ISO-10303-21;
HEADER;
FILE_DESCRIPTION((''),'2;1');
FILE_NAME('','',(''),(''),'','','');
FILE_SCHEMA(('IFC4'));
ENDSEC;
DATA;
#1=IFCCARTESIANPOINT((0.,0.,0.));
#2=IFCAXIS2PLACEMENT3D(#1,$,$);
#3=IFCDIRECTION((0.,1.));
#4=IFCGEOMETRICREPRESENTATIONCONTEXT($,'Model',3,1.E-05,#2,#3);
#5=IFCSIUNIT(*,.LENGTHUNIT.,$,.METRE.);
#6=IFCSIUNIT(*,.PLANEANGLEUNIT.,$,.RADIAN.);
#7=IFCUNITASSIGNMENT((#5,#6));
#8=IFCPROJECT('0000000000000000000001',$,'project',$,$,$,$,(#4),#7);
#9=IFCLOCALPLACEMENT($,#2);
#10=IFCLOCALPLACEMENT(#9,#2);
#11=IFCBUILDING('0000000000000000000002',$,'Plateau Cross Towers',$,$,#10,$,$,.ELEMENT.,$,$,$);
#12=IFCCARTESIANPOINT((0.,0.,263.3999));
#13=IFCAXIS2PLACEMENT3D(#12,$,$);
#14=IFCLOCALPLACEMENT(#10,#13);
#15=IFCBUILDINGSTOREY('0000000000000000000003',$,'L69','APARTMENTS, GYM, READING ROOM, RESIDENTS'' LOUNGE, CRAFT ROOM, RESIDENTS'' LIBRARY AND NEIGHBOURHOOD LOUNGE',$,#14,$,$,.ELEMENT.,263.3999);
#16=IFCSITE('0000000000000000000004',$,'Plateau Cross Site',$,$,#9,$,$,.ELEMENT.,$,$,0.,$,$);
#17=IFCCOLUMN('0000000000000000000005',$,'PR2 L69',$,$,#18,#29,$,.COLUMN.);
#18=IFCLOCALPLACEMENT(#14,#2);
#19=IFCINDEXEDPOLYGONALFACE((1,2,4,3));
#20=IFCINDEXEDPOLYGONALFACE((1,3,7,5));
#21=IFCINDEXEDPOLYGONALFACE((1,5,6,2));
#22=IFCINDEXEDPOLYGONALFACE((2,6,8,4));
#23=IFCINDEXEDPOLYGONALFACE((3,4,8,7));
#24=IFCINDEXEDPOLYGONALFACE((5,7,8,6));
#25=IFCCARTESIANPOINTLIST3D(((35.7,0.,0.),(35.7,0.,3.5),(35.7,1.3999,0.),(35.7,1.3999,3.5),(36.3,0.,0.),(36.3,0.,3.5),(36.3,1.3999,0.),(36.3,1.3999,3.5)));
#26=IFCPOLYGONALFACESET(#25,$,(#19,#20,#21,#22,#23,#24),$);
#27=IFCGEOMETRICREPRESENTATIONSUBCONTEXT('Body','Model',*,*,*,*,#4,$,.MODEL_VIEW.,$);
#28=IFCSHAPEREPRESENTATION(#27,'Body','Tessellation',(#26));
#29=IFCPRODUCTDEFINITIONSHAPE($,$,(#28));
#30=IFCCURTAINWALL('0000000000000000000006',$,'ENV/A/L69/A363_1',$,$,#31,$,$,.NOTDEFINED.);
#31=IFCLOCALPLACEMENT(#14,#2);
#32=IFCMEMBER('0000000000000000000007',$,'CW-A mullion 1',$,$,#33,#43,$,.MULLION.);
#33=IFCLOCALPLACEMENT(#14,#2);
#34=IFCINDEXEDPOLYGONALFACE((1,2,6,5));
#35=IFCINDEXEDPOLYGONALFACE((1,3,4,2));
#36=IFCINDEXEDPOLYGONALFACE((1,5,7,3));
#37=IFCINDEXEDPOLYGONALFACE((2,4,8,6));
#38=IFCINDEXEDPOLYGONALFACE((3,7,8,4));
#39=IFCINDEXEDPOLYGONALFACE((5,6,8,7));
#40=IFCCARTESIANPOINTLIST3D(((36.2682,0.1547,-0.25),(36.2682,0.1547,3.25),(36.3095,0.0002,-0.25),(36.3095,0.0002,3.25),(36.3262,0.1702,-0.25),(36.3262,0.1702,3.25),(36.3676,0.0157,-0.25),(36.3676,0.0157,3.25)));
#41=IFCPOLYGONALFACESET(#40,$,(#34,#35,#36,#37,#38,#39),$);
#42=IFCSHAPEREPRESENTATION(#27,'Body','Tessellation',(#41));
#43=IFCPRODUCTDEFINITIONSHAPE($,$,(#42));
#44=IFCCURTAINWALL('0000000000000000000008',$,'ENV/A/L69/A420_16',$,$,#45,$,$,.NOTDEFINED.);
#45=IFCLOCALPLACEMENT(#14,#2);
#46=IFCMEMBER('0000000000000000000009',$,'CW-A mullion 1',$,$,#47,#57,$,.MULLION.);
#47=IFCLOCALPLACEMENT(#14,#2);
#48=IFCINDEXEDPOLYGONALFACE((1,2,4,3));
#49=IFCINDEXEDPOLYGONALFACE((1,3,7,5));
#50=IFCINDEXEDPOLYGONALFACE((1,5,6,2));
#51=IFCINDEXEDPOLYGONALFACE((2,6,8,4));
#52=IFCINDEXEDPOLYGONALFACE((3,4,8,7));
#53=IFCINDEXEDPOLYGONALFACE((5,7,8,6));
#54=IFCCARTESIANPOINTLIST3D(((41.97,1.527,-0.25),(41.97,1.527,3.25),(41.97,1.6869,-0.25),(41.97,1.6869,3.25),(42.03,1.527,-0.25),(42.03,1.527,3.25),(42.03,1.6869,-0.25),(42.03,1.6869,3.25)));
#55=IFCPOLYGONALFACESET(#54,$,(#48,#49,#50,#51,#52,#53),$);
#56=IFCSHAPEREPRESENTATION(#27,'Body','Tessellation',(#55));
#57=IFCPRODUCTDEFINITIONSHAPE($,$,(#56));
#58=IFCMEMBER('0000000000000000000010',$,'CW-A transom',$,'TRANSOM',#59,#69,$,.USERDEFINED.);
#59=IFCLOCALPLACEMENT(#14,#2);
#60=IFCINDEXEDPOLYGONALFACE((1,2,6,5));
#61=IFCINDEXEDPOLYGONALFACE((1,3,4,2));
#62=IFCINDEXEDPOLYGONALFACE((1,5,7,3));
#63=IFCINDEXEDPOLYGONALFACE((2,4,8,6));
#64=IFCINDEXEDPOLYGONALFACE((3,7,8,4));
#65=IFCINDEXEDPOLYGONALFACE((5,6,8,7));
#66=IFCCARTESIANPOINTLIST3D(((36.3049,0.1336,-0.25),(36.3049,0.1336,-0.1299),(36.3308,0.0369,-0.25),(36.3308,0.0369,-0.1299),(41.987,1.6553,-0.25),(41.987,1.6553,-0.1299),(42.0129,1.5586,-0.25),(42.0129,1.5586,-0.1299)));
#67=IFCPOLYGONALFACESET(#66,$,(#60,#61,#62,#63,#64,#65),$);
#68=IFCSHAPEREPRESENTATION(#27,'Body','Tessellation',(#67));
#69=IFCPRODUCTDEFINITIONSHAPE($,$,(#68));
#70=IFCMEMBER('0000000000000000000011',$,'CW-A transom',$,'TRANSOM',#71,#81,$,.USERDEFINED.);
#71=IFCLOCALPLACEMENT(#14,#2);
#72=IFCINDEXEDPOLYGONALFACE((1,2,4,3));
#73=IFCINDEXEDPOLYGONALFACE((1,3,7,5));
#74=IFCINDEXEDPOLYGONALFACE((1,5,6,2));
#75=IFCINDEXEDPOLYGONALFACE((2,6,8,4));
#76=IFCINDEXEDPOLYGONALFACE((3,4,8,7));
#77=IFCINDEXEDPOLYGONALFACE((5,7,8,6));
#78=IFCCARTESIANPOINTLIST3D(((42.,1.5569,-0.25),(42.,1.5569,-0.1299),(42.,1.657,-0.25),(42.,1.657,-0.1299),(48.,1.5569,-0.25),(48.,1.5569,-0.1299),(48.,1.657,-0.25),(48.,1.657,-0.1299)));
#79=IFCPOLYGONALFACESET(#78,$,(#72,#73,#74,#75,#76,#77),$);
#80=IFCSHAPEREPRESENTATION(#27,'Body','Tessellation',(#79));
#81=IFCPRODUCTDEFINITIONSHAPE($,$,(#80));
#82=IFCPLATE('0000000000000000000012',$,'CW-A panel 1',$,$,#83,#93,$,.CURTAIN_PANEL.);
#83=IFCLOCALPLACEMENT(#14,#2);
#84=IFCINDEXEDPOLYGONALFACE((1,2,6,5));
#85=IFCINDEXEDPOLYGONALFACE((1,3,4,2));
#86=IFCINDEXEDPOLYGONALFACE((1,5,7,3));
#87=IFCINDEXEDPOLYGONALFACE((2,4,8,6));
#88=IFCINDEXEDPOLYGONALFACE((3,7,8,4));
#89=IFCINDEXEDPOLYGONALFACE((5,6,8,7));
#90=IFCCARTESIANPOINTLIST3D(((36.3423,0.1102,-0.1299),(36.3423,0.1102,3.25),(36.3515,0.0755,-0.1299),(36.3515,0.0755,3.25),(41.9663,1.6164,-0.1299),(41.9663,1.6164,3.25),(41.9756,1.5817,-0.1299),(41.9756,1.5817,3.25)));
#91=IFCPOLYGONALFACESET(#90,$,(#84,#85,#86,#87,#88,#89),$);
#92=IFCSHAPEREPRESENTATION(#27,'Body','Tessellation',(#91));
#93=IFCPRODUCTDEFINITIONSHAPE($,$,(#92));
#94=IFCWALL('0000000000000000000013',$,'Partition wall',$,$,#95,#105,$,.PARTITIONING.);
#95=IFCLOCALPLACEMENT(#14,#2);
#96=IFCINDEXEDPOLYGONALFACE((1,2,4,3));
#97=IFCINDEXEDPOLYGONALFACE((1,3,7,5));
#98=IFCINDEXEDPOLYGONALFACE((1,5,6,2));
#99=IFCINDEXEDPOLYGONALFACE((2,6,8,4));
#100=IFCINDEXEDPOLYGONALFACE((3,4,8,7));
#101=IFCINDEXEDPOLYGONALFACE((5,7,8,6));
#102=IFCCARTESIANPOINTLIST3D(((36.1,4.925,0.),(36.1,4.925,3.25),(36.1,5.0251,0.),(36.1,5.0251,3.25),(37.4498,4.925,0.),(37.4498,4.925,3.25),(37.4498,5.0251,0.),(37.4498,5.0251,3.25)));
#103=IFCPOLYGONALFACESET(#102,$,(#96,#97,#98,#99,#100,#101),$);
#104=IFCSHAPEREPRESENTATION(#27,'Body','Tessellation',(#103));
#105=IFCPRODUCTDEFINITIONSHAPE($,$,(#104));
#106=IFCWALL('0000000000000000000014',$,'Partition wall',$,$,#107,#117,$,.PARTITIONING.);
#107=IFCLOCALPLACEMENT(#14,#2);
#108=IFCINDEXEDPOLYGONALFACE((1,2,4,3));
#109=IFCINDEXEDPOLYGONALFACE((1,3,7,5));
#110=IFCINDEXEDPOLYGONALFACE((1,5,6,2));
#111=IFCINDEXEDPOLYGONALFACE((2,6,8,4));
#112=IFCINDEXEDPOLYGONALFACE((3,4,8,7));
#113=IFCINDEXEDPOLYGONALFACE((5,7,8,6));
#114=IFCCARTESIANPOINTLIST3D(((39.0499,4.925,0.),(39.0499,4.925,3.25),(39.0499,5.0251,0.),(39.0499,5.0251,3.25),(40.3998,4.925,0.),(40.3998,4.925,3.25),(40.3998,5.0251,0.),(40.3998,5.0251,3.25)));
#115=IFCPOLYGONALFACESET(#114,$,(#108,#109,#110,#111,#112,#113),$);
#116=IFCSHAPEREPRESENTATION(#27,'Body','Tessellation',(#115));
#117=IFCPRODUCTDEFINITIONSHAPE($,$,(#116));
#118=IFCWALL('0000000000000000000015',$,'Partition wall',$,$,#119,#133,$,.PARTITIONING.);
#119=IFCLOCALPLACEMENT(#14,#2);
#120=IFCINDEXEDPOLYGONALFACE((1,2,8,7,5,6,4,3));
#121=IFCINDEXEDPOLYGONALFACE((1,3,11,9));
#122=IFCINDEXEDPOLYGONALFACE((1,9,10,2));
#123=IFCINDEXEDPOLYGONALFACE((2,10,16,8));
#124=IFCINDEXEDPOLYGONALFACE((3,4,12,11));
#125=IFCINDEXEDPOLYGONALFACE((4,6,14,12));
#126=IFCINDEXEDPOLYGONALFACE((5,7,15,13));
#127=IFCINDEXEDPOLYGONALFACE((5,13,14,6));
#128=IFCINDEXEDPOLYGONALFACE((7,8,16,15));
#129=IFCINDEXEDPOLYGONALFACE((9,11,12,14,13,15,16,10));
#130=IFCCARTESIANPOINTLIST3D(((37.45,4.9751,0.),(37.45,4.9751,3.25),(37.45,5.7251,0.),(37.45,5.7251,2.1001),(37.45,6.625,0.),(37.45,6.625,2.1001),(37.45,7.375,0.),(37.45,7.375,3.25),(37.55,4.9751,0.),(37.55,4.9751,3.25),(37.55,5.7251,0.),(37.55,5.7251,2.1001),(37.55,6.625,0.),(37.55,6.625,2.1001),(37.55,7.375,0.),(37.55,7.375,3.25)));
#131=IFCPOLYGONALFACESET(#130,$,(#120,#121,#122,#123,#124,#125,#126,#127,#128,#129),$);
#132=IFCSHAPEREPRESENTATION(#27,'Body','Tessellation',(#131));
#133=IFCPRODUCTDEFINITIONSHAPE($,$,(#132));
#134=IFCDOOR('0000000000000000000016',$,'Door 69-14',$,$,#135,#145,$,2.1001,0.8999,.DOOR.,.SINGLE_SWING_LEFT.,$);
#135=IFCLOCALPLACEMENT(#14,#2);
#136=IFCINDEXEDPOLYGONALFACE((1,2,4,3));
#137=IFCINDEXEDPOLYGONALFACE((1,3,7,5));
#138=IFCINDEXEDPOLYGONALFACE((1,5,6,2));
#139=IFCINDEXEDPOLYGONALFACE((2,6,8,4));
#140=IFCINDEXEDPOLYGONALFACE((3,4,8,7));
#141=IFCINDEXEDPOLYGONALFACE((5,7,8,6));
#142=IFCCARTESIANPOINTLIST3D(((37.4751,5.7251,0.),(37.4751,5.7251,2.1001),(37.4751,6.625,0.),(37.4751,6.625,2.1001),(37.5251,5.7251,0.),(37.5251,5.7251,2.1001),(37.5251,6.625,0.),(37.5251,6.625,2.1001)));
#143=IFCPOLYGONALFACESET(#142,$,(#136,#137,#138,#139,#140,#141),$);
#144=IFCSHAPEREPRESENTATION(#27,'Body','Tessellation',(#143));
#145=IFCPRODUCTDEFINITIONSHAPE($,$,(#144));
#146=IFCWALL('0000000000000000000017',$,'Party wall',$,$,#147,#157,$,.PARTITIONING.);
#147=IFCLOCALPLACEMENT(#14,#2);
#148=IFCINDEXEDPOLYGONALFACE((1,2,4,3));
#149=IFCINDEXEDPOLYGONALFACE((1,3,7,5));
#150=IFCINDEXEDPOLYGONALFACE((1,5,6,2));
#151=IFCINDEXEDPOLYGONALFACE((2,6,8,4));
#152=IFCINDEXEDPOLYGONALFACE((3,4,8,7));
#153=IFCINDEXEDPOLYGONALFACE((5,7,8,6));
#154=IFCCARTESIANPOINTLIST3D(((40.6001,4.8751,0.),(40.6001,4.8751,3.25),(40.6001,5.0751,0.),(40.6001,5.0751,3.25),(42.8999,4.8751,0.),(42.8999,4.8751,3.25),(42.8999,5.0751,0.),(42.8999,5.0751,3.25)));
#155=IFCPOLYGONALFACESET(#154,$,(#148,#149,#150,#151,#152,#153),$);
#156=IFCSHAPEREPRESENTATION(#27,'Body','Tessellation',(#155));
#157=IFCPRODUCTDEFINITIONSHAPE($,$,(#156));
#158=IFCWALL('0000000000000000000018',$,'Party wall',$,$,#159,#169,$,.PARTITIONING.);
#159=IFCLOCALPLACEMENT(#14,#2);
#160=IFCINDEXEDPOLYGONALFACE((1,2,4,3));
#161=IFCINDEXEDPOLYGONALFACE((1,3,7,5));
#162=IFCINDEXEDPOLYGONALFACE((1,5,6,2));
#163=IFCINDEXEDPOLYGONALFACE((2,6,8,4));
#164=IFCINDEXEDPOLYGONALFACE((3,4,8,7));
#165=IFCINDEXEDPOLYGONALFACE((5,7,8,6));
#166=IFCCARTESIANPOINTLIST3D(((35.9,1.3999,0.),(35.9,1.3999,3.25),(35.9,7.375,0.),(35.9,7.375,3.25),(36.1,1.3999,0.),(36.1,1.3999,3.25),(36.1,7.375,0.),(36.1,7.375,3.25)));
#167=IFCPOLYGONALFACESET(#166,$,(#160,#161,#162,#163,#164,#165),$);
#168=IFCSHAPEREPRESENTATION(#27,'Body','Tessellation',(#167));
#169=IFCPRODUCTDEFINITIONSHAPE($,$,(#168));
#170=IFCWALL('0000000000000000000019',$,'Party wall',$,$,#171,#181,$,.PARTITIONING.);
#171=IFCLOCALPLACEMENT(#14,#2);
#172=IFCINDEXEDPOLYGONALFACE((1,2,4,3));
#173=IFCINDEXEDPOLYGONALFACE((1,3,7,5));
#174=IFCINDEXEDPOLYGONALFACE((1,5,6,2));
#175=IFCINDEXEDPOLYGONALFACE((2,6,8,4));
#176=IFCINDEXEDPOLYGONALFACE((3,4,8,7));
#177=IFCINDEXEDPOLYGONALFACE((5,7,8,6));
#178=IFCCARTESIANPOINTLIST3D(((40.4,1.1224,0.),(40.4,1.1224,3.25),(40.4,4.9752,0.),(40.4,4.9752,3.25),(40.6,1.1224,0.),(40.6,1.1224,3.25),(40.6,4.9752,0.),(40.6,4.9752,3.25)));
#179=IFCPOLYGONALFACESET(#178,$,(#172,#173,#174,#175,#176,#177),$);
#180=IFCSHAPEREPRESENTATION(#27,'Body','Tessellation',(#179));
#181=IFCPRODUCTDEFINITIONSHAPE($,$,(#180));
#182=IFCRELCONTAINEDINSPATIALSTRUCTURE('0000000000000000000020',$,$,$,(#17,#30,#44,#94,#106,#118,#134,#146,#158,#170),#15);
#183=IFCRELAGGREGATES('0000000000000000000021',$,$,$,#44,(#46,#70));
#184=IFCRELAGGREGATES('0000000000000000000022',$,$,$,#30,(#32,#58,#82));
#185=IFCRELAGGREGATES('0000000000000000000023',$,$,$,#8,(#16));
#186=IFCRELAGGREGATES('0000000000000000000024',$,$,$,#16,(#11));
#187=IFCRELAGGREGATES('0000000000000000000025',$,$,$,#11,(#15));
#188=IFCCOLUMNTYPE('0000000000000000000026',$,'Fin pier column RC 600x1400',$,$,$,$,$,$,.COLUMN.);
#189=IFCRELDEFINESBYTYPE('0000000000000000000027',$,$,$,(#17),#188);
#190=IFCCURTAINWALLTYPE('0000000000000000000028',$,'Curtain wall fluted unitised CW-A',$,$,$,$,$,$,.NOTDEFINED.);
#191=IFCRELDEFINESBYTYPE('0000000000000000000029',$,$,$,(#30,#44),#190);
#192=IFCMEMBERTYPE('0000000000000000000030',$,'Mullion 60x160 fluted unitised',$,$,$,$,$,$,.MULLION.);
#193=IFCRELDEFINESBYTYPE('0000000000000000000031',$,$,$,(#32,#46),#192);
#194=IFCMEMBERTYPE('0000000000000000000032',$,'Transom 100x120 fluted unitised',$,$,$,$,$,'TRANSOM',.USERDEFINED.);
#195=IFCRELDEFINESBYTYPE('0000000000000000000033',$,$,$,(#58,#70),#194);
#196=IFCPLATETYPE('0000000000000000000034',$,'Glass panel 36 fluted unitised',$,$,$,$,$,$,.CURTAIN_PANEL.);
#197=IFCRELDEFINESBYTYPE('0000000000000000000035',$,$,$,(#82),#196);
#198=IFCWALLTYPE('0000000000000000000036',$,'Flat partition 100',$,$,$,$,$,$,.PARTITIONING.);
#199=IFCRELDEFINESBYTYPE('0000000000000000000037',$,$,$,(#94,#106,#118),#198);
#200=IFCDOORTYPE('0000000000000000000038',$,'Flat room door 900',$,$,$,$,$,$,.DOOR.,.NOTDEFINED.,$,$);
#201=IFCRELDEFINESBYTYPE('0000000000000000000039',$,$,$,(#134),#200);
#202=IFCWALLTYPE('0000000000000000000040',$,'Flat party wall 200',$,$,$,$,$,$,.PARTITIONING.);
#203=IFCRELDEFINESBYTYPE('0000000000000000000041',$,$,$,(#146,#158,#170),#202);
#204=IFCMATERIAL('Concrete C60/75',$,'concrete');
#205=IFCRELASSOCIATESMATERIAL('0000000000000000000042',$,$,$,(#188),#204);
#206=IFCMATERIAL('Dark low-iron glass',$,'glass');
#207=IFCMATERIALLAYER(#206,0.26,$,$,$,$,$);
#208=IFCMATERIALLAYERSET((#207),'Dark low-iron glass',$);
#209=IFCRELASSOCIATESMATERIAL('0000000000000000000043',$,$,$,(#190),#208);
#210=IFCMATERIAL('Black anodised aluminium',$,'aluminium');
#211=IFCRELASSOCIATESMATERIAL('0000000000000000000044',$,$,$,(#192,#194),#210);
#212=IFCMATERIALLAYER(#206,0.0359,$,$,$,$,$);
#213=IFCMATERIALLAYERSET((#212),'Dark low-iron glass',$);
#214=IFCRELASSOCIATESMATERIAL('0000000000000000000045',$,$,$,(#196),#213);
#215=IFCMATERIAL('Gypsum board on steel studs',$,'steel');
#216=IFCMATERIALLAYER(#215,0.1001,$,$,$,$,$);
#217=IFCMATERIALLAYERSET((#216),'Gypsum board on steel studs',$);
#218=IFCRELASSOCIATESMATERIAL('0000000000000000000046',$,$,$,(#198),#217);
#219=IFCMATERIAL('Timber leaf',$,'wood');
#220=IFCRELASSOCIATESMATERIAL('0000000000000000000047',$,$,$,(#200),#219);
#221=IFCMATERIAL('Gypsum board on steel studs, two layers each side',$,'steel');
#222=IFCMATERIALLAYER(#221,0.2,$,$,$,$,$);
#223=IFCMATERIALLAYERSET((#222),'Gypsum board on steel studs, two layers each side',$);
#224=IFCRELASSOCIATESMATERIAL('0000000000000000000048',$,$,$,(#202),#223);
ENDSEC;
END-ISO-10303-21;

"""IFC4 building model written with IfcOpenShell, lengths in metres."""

from ifc_helpers import new_model, si_unit, direction, frame, frame_2d, origin, origin_2d, place, context, subcontext, project, spatial, rectangle, extrude, material, layer, layer_set, material_profile, profile_set, type_object, element, fill, aggregate, save


model = new_model("IFC4")

# Units and contexts
model_context = context("Model", 3, precision=1e-05, world=origin(), true_north=direction((0.0, 1.0)))
body_context = subcontext(model_context, "Body", "Model", "MODEL_VIEW")
ifc_project = project(units=[si_unit("LENGTHUNIT", "METRE"), si_unit("PLANEANGLEUNIT", "RADIAN")], contexts=[model_context])

# Site, building, storey
site_placement = place(None, origin())
site = spatial("IfcSite", under=ifc_project, at=site_placement, Name="Plateau Cross Site", CompositionType="ELEMENT", RefElevation=0.0)
building_placement = place(site_placement, origin())
building = spatial("IfcBuilding", under=site, at=building_placement, Name="Plateau Cross Towers", CompositionType="ELEMENT")
storey_placement = place(building_placement, frame((0.0, 0.0, 263.3999)))
storey = spatial("IfcBuildingStorey", under=building, at=storey_placement, Name="L69", Description="APARTMENTS, GYM, READING ROOM, RESIDENTS' LOUNGE, CRAFT ROOM, RESIDENTS' LIBRARY AND NEIGHBOURHOOD LOUNGE", CompositionType="ELEMENT", Elevation=263.3999)

# Column
ifc_material_1 = material(Name="Concrete C60/75", Category="concrete")
ifc_material_profile_1 = material_profile(ifc_material_1, rectangle(XDim=0.6001, YDim=1.3999, at=origin_2d()), Name="RC 600x1400")
ifc_profile_set_1 = profile_set([ifc_material_profile_1], Name="Concrete C60/75")
column_type = type_object("IfcColumnType", Name="Fin pier column RC 600x1400", PredefinedType="COLUMN", material=ifc_profile_set_1)
column_placement = place(storey_placement, frame((36.0, 0.7, 0.0), z_axis=(0.0, 0.0, 1.0), x_axis=(1.0, 0.0, 0.0)))
element("IfcColumn", 1, at=column_placement, inside=storey, type_object=column_type, Name="PR2 L69", PredefinedType="COLUMN", context=body_context, shape_type="SweptSolid", body=[
    extrude(rectangle(XDim=0.6001, YDim=1.3999, at=origin_2d()), origin(), (0.0, 0.0, 1.0), 3.5),
])

# Curtain walls, members
ifc_material_2 = material(Name="Dark low-iron glass", Category="glass")
ifc_layer_1 = layer(ifc_material_2, 0.26)
ifc_layer_set_1 = layer_set([ifc_layer_1], Name="Dark low-iron glass")
curtain_wall_type = type_object("IfcCurtainWallType", Name="Curtain wall fluted unitised CW-A", PredefinedType="NOTDEFINED", material=ifc_layer_set_1)
curtain_wall_1_placement = place(storey_placement, origin())
curtain_wall_1 = element("IfcCurtainWall", 2, at=curtain_wall_1_placement, inside=storey, type_object=curtain_wall_type, Name="ENV/A/L69/A363_1", PredefinedType="NOTDEFINED")
ifc_material_3 = material(Name="Black anodised aluminium", Category="aluminium")
ifc_material_profile_2 = material_profile(ifc_material_3, rectangle(XDim=0.0601, YDim=0.1599, at=origin_2d()), Name="MULLION 60x160")
ifc_profile_set_2 = profile_set([ifc_material_profile_2], Name="Black anodised aluminium")
member_type_1 = type_object("IfcMemberType", Name="Mullion 60x160 fluted unitised", PredefinedType="MULLION", material=ifc_profile_set_2)
member_1_placement = place(storey_placement, frame((36.3179, 0.0852, -0.25), z_axis=(0.0, 0.0, 1.0), x_axis=(0.965958, 0.258699, 0.0)))
member_1 = element("IfcMember", 3, at=member_1_placement, type_object=member_type_1, Name="CW-A mullion 1", PredefinedType="MULLION", context=body_context, shape_type="SweptSolid", body=[
    extrude(rectangle(XDim=0.0601, YDim=0.1599, at=origin_2d()), origin(), (0.0, 0.0, 1.0), 3.5),
])
curtain_wall_2_placement = place(storey_placement, origin())
curtain_wall_2 = element("IfcCurtainWall", 4, at=curtain_wall_2_placement, inside=storey, type_object=curtain_wall_type, Name="ENV/A/L69/A420_16", PredefinedType="NOTDEFINED")
member_2_placement = place(storey_placement, frame((42.0, 1.6069, -0.25), z_axis=(0.0, 0.0, 1.0), x_axis=(1.0, 0.0, 0.0)))
member_2 = element("IfcMember", 5, at=member_2_placement, type_object=member_type_1, Name="CW-A mullion 1", PredefinedType="MULLION", context=body_context, shape_type="SweptSolid", body=[
    extrude(rectangle(XDim=0.0601, YDim=0.1599, at=origin_2d()), origin(), (0.0, 0.0, 1.0), 3.5),
])

# Members
ifc_material_profile_3 = material_profile(ifc_material_3, rectangle(XDim=0.1001, YDim=0.1201, at=origin_2d()), Name="TRANSOM 100x120")
ifc_profile_set_3 = profile_set([ifc_material_profile_3], Name="Black anodised aluminium")
member_type_2 = type_object("IfcMemberType", Name="Transom 100x120 fluted unitised", ElementType="TRANSOM", PredefinedType="USERDEFINED", material=ifc_profile_set_3)
member_3_placement = place(storey_placement, frame((36.3179, 0.0852, -0.1899), z_axis=(0.96596, 0.258693, 0.0), x_axis=(-0.258693, 0.96596, 0.0)))
member_3 = element("IfcMember", 6, at=member_3_placement, type_object=member_type_2, Name="CW-A transom", ObjectType="TRANSOM", PredefinedType="USERDEFINED", context=body_context, shape_type="SweptSolid", body=[
    extrude(rectangle(XDim=0.1001, YDim=0.1201, at=origin_2d()), origin(), (0.0, 0.0, 1.0), 5.8823),
])
member_4_placement = place(storey_placement, frame((42.0, 1.6069, -0.1899), z_axis=(1.0, 0.0, 0.0), x_axis=(0.0, 1.0, 0.0)))
member_4 = element("IfcMember", 7, at=member_4_placement, type_object=member_type_2, Name="CW-A transom", ObjectType="TRANSOM", PredefinedType="USERDEFINED", context=body_context, shape_type="SweptSolid", body=[
    extrude(rectangle(XDim=0.1001, YDim=0.1201, at=origin_2d()), origin(), (0.0, 0.0, 1.0), 6.0),
])
aggregate(curtain_wall_2, [member_2, member_4])

# Plate
ifc_layer_2 = layer(ifc_material_2, 0.0359)
ifc_layer_set_2 = layer_set([ifc_layer_2], Name="Dark low-iron glass")
plate_type = type_object("IfcPlateType", Name="Glass panel 36 fluted unitised", PredefinedType="CURTAIN_PANEL", material=ifc_layer_set_2)
plate_placement = place(storey_placement, frame((39.1589, 0.8459, -0.1299), z_axis=(0.0, 0.0, 1.0), x_axis=(0.965958, 0.258699, 0.0)))
plate = element("IfcPlate", 8, at=plate_placement, type_object=plate_type, Name="CW-A panel 1", PredefinedType="CURTAIN_PANEL", context=body_context, shape_type="SweptSolid", body=[
    extrude(rectangle(XDim=5.8223, YDim=0.0359, at=origin_2d()), origin(), (0.0, 0.0, 1.0), 3.3799),
])
aggregate(curtain_wall_1, [member_1, member_3, plate])

# Walls
ifc_material_4 = material(Name="Gypsum board on steel studs", Category="steel")
ifc_layer_3 = layer(ifc_material_4, 0.1001)
ifc_layer_set_3 = layer_set([ifc_layer_3], Name="Gypsum board on steel studs")
wall_type_1 = type_object("IfcWallType", Name="Flat partition 100", PredefinedType="PARTITIONING", material=ifc_layer_set_3)
for number, where, z_axis, x_axis, name in (
    (9, (36.1001, 4.9751, 0.0), (0.0, 0.0, 1.0), (1.0, 0.0, 0.0), "Partition wall"),
    (10, (39.05, 4.9751, 0.0), (0.0, 0.0, 1.0), (1.0, 0.0, 0.0), "Partition wall"),
):
    element("IfcWall", number, at=place(storey_placement, frame(where, z_axis=z_axis, x_axis=x_axis)), inside=storey, type_object=wall_type_1, Name=name, PredefinedType="PARTITIONING", context=body_context, shape_type="SweptSolid", body=[
        extrude(rectangle(XDim=1.3499, YDim=0.1001, at=frame_2d((0.6748, 0.0))), origin(), (0.0, 0.0, 1.0), 3.25),
    ])

# Wall, opening, door
wall_1_placement = place(storey_placement, frame((37.5, 4.9751, 0.0), z_axis=(0.0, 0.0, 1.0), x_axis=(0.0, 1.0, 0.0)))
wall_1 = element("IfcWall", 11, at=wall_1_placement, inside=storey, type_object=wall_type_1, Name="Partition wall", PredefinedType="PARTITIONING", context=body_context, shape_type="SweptSolid", body=[
    extrude(rectangle(XDim=2.3999, YDim=0.1001, at=frame_2d((1.2, 0.0))), origin(), (0.0, 0.0, 1.0), 3.25),
])
opening_placement = place(wall_1_placement, frame((0.75, 0.0, 0.0)))
opening = element("IfcOpeningElement", 12, at=opening_placement, cuts=wall_1, PredefinedType="OPENING", context=body_context, shape_type="SweptSolid", body=[
    extrude(rectangle(XDim=0.8999, YDim=2.1001, at=frame_2d((0.45, 1.05))), frame((0.0, 0.0601, 0.0), z_axis=(0.0, -1.0, 0.0), x_axis=(1.0, 0.0, 0.0)), (0.0, 0.0, 1.0), 0.1201),
])
ifc_material_5 = material(Name="Timber leaf", Category="wood")
door_type = type_object("IfcDoorType", Name="Flat room door 900", OperationType="NOTDEFINED", PredefinedType="DOOR", material=ifc_material_5)
door_placement = place(opening_placement, origin())
door = element("IfcDoor", 13, at=door_placement, inside=storey, type_object=door_type, Name="Door 69-14", OperationType="SINGLE_SWING_LEFT", OverallHeight=2.1001, OverallWidth=0.8999, PredefinedType="DOOR", context=body_context, shape_type="SweptSolid", body=[
    extrude(rectangle(XDim=0.8999, YDim=2.1001, at=frame_2d((0.45, 1.05))), frame((0.0, 0.0249, 0.0), z_axis=(0.0, -1.0, 0.0), x_axis=(1.0, 0.0, 0.0)), (0.0, 0.0, 1.0), 0.05),
])
fill(opening, door)

# Walls
ifc_material_6 = material(Name="Gypsum board on steel studs, two layers each side", Category="steel")
ifc_layer_4 = layer(ifc_material_6, 0.2)
ifc_layer_set_4 = layer_set([ifc_layer_4], Name="Gypsum board on steel studs, two layers each side")
wall_type_2 = type_object("IfcWallType", Name="Flat party wall 200", PredefinedType="PARTITIONING", material=ifc_layer_set_4)
wall_2_placement = place(storey_placement, frame((40.6001, 4.9751, 0.0), z_axis=(0.0, 0.0, 1.0), x_axis=(1.0, 0.0, 0.0)))
element("IfcWall", 14, at=wall_2_placement, inside=storey, type_object=wall_type_2, Name="Party wall", PredefinedType="PARTITIONING", context=body_context, shape_type="SweptSolid", body=[
    extrude(rectangle(XDim=2.2998, YDim=0.2, at=frame_2d((1.1499, 0.0))), origin(), (0.0, 0.0, 1.0), 3.25),
])
wall_3_placement = place(storey_placement, frame((36.0, 1.3999, 0.0), z_axis=(0.0, 0.0, 1.0), x_axis=(0.0, 1.0, 0.0)))
element("IfcWall", 15, at=wall_3_placement, inside=storey, type_object=wall_type_2, Name="Party wall", PredefinedType="PARTITIONING", context=body_context, shape_type="SweptSolid", body=[
    extrude(rectangle(XDim=5.9751, YDim=0.2, at=frame_2d((2.9875, 0.0))), origin(), (0.0, 0.0, 1.0), 3.25),
])
wall_4_placement = place(storey_placement, frame((40.5, 4.9751, 0.0), z_axis=(0.0, 0.0, 1.0), x_axis=(0.0, -1.0, 0.0)))
element("IfcWall", 16, at=wall_4_placement, inside=storey, type_object=wall_type_2, Name="Party wall", PredefinedType="PARTITIONING", context=body_context, shape_type="SweptSolid", body=[
    extrude(rectangle(XDim=3.8528, YDim=0.2, at=frame_2d((1.9263, 0.0))), origin(), (0.0, 0.0, 1.0), 3.25),
])

save(model, "model.ifc")
